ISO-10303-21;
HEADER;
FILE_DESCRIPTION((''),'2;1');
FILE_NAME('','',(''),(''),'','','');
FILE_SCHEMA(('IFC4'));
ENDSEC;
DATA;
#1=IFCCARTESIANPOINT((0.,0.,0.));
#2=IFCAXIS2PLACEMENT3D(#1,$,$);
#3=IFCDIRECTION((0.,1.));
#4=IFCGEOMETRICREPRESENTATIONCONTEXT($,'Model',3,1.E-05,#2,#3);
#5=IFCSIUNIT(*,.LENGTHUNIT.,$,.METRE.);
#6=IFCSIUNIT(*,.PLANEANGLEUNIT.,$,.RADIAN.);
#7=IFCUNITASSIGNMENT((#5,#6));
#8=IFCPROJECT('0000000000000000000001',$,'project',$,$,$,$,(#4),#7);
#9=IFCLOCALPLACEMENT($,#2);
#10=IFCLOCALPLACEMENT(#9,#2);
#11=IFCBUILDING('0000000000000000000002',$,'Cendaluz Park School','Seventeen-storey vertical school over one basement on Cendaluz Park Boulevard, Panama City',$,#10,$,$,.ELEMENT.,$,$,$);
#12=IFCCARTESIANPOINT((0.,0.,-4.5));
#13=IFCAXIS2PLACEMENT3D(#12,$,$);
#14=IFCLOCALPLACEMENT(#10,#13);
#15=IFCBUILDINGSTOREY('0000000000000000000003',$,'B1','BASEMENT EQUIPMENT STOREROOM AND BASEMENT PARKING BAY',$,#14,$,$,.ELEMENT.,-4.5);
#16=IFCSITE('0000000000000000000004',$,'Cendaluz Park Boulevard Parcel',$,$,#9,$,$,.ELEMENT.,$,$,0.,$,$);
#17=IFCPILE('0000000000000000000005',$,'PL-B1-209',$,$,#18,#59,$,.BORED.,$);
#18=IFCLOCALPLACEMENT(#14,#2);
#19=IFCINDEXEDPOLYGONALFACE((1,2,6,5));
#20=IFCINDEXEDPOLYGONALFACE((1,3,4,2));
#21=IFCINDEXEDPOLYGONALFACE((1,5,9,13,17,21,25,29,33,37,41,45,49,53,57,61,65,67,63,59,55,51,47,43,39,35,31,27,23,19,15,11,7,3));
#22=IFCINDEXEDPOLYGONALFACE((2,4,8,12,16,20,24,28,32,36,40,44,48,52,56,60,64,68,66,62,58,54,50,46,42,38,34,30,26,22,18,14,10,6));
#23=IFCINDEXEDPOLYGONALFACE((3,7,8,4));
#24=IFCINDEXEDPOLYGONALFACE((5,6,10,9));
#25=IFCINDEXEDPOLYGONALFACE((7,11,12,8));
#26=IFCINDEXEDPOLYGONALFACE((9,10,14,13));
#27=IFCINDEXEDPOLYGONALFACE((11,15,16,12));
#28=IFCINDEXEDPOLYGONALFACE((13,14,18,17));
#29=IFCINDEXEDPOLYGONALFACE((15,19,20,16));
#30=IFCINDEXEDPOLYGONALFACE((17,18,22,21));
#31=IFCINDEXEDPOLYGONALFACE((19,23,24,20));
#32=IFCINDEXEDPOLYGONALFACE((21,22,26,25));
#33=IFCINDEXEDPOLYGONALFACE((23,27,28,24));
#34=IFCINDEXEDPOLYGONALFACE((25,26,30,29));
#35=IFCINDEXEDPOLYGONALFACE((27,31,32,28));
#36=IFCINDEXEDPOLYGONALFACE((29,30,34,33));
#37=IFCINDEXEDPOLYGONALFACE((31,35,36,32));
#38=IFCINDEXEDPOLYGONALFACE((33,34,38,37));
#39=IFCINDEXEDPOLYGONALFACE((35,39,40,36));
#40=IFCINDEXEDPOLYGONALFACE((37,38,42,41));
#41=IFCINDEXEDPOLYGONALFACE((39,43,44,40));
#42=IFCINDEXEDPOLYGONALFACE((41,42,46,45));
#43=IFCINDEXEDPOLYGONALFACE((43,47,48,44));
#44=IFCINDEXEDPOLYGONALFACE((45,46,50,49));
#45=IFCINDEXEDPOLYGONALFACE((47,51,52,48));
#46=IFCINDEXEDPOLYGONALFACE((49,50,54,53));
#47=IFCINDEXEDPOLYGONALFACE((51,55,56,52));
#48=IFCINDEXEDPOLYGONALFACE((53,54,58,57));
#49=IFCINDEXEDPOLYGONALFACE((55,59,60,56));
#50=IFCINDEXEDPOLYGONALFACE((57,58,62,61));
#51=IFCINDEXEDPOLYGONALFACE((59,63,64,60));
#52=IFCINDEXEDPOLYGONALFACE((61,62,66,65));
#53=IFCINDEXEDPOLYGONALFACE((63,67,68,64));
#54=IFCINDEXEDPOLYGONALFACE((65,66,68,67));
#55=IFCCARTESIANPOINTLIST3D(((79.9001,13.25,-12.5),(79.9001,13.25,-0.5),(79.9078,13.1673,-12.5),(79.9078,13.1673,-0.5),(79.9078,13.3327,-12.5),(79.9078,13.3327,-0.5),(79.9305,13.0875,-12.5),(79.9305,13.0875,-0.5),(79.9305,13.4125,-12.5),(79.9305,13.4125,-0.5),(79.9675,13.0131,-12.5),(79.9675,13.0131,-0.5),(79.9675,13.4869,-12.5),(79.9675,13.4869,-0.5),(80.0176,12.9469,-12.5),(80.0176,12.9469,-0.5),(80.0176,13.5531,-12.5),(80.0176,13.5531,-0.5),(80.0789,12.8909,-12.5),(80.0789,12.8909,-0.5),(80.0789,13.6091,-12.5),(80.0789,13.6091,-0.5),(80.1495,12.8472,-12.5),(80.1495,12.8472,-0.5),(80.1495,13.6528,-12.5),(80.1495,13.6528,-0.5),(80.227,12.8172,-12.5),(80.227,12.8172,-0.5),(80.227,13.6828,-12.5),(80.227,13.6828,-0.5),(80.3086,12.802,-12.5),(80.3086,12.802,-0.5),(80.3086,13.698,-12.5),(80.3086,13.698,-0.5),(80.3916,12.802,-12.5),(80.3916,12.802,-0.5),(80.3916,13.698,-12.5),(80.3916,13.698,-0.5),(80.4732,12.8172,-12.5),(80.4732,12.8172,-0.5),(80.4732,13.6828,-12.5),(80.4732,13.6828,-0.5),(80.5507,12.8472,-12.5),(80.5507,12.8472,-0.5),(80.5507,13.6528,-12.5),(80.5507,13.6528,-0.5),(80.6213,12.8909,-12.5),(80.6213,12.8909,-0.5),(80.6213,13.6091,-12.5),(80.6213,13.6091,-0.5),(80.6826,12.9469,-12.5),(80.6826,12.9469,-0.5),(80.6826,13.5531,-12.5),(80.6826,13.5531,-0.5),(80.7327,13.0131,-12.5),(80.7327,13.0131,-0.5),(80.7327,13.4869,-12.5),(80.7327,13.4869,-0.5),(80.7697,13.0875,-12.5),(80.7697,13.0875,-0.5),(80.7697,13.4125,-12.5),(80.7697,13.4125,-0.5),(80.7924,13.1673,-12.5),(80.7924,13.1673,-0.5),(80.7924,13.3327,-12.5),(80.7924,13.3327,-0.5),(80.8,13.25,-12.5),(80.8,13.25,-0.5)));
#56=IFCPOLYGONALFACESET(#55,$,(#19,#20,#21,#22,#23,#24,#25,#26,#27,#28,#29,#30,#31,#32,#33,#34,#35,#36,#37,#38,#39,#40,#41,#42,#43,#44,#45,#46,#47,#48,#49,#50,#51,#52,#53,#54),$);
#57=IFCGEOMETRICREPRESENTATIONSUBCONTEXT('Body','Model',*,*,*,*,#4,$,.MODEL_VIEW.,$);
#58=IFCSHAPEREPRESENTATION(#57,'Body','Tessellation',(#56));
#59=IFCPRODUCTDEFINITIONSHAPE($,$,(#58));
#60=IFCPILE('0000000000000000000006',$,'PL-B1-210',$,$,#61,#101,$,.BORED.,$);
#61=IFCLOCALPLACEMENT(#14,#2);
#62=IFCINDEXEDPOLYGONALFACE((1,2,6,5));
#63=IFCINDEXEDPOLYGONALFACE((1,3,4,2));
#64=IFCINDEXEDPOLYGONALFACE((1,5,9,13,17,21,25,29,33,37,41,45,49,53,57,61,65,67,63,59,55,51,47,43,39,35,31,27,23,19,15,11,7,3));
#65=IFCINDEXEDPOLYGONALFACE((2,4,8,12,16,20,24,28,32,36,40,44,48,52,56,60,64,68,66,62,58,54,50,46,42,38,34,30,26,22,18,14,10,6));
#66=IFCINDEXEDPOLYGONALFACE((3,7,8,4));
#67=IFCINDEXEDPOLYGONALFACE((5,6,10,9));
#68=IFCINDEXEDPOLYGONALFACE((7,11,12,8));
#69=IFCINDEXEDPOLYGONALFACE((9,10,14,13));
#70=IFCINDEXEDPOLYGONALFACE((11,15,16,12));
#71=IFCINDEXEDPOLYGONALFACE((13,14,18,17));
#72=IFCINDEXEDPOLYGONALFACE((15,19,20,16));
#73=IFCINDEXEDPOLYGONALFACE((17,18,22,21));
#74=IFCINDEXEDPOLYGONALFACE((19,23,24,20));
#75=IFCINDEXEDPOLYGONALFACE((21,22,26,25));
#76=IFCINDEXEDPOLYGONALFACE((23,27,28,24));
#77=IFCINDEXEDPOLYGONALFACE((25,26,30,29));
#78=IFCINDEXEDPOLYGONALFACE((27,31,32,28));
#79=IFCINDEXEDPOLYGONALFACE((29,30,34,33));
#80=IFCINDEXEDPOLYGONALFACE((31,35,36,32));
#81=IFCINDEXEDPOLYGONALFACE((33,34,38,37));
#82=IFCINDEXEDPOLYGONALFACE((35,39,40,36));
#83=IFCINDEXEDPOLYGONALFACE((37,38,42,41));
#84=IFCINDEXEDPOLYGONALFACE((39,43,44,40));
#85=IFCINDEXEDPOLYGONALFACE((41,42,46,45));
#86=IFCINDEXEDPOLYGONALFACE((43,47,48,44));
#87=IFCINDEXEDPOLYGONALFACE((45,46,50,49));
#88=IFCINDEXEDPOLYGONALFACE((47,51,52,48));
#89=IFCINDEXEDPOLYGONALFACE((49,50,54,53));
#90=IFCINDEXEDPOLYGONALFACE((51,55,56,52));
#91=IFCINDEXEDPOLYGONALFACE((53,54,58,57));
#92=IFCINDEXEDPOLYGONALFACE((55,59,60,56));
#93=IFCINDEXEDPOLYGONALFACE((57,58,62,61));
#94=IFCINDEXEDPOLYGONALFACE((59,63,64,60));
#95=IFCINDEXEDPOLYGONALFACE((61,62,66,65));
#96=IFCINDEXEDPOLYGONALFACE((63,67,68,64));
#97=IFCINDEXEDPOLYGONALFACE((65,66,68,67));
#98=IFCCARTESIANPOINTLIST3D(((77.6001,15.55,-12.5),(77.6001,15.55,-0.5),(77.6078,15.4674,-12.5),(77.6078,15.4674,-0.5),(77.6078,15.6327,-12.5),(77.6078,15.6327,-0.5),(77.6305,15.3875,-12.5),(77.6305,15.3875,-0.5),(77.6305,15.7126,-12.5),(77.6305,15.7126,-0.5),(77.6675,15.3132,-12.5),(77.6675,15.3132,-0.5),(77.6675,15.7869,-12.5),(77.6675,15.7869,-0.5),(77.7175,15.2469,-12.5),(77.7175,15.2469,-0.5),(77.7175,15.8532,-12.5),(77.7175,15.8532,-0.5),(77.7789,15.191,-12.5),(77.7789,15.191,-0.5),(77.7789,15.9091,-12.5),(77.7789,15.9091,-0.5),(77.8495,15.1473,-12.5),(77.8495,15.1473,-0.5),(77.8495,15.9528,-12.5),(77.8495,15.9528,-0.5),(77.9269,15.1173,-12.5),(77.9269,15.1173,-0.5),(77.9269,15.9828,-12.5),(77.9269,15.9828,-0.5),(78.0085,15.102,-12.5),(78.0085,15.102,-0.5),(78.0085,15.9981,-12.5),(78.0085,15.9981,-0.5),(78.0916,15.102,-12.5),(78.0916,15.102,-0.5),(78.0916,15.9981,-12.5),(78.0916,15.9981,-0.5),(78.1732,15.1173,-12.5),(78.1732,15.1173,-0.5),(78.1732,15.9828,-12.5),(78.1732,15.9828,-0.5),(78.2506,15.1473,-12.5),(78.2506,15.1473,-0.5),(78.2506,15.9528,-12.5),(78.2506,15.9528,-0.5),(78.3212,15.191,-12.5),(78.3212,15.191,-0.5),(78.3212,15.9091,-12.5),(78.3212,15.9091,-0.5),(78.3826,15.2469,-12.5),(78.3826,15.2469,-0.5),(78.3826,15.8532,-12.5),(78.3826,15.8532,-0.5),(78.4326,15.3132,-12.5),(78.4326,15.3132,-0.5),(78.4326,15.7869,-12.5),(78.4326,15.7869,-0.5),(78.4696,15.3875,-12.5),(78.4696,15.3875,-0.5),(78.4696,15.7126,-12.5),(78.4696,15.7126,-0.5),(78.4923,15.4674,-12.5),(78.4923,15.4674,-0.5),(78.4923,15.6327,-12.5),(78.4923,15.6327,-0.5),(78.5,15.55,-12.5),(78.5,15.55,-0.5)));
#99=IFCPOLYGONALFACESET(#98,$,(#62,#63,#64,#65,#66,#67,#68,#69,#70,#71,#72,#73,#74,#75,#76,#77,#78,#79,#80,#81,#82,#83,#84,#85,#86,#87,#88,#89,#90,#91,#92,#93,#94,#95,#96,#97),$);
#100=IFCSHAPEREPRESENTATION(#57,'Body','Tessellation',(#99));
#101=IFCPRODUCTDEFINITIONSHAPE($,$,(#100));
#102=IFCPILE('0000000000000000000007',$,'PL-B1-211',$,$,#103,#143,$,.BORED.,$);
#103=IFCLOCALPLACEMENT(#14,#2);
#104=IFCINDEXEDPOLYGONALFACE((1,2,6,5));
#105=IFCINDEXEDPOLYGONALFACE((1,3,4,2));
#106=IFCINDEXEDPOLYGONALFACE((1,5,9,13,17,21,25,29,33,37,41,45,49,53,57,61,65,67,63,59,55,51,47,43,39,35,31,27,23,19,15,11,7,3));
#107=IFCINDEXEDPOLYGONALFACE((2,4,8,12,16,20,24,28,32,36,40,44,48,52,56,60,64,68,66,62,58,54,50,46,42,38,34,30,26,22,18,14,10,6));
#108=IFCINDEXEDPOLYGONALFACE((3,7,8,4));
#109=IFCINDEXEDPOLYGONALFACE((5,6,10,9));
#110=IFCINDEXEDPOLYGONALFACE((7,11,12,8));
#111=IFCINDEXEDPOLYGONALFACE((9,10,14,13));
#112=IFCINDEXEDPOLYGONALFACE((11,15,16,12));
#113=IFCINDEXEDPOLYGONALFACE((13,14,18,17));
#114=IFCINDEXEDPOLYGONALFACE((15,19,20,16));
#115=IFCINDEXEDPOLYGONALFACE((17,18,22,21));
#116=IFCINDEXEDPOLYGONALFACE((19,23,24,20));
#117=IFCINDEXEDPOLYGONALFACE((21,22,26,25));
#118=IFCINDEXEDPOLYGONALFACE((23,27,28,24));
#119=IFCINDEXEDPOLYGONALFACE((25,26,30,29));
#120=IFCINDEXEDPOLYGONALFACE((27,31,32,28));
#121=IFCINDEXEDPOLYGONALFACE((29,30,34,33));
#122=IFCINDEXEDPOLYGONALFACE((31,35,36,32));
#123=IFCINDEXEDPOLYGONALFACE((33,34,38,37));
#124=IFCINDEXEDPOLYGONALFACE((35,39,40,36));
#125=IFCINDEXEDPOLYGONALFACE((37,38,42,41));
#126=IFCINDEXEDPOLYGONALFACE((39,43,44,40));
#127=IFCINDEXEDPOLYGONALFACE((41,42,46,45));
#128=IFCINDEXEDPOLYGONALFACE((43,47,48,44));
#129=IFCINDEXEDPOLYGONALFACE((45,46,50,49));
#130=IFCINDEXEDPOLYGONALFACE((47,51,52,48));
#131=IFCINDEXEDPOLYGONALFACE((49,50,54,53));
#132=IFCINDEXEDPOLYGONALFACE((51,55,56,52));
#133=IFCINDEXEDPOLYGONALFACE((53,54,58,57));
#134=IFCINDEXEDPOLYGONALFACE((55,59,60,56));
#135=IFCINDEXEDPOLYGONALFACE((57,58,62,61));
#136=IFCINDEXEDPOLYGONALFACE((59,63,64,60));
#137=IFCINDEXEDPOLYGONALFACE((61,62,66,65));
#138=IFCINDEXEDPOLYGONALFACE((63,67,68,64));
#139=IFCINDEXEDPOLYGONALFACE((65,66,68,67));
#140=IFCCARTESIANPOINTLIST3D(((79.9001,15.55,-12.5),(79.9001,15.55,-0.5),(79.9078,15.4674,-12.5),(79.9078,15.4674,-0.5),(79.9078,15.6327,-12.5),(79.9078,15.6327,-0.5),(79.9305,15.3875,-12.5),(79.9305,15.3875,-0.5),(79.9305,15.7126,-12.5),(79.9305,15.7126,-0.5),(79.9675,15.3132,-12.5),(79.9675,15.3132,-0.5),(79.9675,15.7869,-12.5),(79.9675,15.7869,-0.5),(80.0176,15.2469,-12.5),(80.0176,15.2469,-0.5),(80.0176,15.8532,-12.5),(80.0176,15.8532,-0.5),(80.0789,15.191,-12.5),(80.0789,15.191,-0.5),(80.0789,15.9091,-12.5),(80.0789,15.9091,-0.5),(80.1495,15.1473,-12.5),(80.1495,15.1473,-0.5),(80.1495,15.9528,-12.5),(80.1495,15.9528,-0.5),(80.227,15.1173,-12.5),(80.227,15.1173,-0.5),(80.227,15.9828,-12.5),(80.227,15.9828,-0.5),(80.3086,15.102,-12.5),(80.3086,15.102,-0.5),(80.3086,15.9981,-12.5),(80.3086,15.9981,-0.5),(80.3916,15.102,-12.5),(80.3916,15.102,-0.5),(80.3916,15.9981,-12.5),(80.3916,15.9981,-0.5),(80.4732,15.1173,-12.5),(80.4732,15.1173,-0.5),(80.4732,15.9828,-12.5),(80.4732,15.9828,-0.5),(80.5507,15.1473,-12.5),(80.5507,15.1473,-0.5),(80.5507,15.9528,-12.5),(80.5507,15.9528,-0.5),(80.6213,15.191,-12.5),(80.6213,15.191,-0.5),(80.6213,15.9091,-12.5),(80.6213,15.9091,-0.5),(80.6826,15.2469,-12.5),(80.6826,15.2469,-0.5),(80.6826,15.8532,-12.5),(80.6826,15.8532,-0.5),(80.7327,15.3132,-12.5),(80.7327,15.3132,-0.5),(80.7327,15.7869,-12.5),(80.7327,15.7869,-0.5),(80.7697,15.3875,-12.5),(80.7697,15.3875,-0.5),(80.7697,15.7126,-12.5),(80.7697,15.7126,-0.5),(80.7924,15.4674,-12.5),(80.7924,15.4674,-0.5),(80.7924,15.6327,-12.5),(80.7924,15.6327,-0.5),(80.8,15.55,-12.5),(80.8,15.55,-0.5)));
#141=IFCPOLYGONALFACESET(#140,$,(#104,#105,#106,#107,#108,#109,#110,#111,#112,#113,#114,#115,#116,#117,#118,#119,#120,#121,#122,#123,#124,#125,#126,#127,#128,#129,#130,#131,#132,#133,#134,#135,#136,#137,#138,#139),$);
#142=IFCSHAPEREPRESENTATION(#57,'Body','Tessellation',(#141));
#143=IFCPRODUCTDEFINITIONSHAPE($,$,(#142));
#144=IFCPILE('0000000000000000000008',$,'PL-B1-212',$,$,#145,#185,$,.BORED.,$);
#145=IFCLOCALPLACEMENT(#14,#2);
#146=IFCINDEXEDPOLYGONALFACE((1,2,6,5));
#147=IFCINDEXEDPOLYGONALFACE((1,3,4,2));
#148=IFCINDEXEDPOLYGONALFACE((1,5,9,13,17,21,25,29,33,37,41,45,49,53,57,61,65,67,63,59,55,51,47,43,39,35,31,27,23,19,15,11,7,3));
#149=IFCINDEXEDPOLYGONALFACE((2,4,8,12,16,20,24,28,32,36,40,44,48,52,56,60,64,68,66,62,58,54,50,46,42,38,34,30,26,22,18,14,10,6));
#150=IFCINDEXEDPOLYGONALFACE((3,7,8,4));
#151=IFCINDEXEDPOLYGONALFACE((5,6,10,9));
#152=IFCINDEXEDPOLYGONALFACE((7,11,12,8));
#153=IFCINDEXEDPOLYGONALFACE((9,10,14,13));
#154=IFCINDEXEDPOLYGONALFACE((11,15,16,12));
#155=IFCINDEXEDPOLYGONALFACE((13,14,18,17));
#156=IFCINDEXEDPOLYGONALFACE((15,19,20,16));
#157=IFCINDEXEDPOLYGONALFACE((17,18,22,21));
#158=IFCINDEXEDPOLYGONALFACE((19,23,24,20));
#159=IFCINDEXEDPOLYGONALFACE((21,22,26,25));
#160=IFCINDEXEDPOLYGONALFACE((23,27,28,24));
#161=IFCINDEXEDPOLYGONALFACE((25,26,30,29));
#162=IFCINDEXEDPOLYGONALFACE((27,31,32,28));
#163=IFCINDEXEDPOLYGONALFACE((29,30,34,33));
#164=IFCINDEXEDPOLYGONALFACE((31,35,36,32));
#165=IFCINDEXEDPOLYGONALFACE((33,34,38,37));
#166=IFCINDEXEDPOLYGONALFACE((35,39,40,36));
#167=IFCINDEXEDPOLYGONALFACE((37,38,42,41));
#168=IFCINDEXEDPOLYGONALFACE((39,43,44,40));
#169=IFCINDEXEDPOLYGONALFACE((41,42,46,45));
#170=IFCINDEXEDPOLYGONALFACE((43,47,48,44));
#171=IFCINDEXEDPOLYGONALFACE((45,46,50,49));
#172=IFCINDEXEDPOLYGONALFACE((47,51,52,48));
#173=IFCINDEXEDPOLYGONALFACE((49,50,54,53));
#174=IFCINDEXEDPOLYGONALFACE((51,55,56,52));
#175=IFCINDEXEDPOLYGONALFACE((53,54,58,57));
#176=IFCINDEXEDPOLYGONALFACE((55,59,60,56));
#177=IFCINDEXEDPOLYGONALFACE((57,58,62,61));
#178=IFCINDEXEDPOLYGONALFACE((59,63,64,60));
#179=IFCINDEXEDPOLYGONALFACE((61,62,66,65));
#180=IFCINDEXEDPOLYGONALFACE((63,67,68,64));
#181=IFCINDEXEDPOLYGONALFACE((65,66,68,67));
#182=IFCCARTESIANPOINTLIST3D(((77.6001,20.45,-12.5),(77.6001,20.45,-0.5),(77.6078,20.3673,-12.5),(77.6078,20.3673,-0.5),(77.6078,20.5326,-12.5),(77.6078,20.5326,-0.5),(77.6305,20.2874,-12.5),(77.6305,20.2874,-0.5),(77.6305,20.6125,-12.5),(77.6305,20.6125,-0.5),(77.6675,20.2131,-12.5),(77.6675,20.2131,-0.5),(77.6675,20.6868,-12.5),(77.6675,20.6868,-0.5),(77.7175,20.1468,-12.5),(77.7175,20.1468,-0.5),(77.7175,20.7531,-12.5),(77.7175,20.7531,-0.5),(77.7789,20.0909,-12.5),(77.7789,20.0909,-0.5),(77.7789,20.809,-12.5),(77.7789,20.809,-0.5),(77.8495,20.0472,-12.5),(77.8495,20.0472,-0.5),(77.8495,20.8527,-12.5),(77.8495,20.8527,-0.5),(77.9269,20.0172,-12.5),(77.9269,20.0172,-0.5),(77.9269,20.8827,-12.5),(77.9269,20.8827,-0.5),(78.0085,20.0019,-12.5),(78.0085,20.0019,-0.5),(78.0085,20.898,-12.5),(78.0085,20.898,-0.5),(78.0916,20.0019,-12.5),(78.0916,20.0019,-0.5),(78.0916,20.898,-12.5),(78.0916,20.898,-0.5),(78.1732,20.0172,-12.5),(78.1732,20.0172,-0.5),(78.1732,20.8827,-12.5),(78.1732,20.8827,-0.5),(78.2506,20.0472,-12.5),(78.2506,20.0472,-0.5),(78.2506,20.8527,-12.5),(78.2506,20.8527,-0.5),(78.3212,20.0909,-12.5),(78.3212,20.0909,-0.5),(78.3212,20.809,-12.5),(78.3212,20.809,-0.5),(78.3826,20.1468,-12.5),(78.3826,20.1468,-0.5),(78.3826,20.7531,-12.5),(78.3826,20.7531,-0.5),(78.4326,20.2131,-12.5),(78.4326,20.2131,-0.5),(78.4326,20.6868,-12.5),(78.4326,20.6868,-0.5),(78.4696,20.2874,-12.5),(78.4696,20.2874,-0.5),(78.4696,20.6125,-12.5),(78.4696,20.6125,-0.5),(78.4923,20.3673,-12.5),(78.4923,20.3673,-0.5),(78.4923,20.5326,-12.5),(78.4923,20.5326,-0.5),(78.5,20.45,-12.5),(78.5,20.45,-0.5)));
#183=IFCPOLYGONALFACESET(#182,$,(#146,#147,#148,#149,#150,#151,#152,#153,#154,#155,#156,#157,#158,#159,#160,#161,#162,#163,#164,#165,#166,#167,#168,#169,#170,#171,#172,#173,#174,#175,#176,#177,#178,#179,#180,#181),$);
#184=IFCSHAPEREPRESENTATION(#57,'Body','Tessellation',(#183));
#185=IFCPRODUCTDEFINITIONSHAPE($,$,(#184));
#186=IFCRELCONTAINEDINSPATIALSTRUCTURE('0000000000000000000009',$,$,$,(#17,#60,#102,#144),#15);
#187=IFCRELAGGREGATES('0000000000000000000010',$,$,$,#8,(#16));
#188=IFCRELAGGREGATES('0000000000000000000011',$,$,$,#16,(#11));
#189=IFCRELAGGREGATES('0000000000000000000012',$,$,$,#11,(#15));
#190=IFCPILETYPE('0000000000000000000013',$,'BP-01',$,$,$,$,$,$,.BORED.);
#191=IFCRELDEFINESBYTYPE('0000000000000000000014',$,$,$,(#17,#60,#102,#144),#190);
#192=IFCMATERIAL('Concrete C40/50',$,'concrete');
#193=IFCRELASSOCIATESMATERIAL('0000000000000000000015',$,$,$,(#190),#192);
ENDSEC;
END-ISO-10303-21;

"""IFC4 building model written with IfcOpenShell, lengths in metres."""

from ifc_helpers import new_model, si_unit, direction, frame, origin, origin_2d, place, context, subcontext, project, spatial, circle, extrude, material, material_profile, profile_set, type_object, element, save


model = new_model("IFC4")

# Units and contexts
model_context = context("Model", 3, precision=1e-05, world=origin(), true_north=direction((0.0, 1.0)))
body_context = subcontext(model_context, "Body", "Model", "MODEL_VIEW")
ifc_project = project(units=[si_unit("LENGTHUNIT", "METRE"), si_unit("PLANEANGLEUNIT", "RADIAN")], contexts=[model_context])

# Site, building, storey
site_placement = place(None, origin())
site = spatial("IfcSite", under=ifc_project, at=site_placement, Name="Cendaluz Park Boulevard Parcel", CompositionType="ELEMENT", RefElevation=0.0)
building_placement = place(site_placement, origin())
building = spatial("IfcBuilding", under=site, at=building_placement, Name="Cendaluz Park School", Description="Seventeen-storey vertical school over one basement on Cendaluz Park Boulevard, Panama City", CompositionType="ELEMENT")
storey_placement = place(building_placement, frame((0.0, 0.0, -4.5)))
storey = spatial("IfcBuildingStorey", under=building, at=storey_placement, Name="B1", Description="BASEMENT EQUIPMENT STOREROOM AND BASEMENT PARKING BAY", CompositionType="ELEMENT", Elevation=-4.5)

# Piles
ifc_material_1 = material(Name="Concrete C40/50", Category="concrete")
ifc_material_profile_1 = material_profile(ifc_material_1, circle(Radius=0.45, at=origin_2d()), Name="BP D900", Category="concrete")
ifc_profile_set_1 = profile_set([ifc_material_profile_1], Name="Concrete C40/50")
pile_type = type_object("IfcPileType", Name="BP-01", PredefinedType="BORED", material=ifc_profile_set_1)
for number, where, z_axis, x_axis, name in (
    (1, (80.3501, 13.25, -0.5), (0.0, 0.0, -1.0), (1.0, 0.0, 0.0), "PL-B1-209"),
    (2, (78.05, 15.55, -0.5), (0.0, 0.0, -1.0), (1.0, 0.0, 0.0), "PL-B1-210"),
    (3, (80.3501, 15.55, -0.5), (0.0, 0.0, -1.0), (1.0, 0.0, 0.0), "PL-B1-211"),
    (4, (78.05, 20.45, -0.5), (0.0, 0.0, -1.0), (1.0, 0.0, 0.0), "PL-B1-212"),
):
    element("IfcPile", number, at=place(storey_placement, frame(where, z_axis=z_axis, x_axis=x_axis)), inside=storey, type_object=pile_type, Name=name, PredefinedType="BORED", context=body_context, shape_type="SweptSolid", body=[
        extrude(circle(Radius=0.45, at=origin_2d()), origin(), (0.0, 0.0, 1.0), 12.0),
    ])

save(model, "model.ifc")
